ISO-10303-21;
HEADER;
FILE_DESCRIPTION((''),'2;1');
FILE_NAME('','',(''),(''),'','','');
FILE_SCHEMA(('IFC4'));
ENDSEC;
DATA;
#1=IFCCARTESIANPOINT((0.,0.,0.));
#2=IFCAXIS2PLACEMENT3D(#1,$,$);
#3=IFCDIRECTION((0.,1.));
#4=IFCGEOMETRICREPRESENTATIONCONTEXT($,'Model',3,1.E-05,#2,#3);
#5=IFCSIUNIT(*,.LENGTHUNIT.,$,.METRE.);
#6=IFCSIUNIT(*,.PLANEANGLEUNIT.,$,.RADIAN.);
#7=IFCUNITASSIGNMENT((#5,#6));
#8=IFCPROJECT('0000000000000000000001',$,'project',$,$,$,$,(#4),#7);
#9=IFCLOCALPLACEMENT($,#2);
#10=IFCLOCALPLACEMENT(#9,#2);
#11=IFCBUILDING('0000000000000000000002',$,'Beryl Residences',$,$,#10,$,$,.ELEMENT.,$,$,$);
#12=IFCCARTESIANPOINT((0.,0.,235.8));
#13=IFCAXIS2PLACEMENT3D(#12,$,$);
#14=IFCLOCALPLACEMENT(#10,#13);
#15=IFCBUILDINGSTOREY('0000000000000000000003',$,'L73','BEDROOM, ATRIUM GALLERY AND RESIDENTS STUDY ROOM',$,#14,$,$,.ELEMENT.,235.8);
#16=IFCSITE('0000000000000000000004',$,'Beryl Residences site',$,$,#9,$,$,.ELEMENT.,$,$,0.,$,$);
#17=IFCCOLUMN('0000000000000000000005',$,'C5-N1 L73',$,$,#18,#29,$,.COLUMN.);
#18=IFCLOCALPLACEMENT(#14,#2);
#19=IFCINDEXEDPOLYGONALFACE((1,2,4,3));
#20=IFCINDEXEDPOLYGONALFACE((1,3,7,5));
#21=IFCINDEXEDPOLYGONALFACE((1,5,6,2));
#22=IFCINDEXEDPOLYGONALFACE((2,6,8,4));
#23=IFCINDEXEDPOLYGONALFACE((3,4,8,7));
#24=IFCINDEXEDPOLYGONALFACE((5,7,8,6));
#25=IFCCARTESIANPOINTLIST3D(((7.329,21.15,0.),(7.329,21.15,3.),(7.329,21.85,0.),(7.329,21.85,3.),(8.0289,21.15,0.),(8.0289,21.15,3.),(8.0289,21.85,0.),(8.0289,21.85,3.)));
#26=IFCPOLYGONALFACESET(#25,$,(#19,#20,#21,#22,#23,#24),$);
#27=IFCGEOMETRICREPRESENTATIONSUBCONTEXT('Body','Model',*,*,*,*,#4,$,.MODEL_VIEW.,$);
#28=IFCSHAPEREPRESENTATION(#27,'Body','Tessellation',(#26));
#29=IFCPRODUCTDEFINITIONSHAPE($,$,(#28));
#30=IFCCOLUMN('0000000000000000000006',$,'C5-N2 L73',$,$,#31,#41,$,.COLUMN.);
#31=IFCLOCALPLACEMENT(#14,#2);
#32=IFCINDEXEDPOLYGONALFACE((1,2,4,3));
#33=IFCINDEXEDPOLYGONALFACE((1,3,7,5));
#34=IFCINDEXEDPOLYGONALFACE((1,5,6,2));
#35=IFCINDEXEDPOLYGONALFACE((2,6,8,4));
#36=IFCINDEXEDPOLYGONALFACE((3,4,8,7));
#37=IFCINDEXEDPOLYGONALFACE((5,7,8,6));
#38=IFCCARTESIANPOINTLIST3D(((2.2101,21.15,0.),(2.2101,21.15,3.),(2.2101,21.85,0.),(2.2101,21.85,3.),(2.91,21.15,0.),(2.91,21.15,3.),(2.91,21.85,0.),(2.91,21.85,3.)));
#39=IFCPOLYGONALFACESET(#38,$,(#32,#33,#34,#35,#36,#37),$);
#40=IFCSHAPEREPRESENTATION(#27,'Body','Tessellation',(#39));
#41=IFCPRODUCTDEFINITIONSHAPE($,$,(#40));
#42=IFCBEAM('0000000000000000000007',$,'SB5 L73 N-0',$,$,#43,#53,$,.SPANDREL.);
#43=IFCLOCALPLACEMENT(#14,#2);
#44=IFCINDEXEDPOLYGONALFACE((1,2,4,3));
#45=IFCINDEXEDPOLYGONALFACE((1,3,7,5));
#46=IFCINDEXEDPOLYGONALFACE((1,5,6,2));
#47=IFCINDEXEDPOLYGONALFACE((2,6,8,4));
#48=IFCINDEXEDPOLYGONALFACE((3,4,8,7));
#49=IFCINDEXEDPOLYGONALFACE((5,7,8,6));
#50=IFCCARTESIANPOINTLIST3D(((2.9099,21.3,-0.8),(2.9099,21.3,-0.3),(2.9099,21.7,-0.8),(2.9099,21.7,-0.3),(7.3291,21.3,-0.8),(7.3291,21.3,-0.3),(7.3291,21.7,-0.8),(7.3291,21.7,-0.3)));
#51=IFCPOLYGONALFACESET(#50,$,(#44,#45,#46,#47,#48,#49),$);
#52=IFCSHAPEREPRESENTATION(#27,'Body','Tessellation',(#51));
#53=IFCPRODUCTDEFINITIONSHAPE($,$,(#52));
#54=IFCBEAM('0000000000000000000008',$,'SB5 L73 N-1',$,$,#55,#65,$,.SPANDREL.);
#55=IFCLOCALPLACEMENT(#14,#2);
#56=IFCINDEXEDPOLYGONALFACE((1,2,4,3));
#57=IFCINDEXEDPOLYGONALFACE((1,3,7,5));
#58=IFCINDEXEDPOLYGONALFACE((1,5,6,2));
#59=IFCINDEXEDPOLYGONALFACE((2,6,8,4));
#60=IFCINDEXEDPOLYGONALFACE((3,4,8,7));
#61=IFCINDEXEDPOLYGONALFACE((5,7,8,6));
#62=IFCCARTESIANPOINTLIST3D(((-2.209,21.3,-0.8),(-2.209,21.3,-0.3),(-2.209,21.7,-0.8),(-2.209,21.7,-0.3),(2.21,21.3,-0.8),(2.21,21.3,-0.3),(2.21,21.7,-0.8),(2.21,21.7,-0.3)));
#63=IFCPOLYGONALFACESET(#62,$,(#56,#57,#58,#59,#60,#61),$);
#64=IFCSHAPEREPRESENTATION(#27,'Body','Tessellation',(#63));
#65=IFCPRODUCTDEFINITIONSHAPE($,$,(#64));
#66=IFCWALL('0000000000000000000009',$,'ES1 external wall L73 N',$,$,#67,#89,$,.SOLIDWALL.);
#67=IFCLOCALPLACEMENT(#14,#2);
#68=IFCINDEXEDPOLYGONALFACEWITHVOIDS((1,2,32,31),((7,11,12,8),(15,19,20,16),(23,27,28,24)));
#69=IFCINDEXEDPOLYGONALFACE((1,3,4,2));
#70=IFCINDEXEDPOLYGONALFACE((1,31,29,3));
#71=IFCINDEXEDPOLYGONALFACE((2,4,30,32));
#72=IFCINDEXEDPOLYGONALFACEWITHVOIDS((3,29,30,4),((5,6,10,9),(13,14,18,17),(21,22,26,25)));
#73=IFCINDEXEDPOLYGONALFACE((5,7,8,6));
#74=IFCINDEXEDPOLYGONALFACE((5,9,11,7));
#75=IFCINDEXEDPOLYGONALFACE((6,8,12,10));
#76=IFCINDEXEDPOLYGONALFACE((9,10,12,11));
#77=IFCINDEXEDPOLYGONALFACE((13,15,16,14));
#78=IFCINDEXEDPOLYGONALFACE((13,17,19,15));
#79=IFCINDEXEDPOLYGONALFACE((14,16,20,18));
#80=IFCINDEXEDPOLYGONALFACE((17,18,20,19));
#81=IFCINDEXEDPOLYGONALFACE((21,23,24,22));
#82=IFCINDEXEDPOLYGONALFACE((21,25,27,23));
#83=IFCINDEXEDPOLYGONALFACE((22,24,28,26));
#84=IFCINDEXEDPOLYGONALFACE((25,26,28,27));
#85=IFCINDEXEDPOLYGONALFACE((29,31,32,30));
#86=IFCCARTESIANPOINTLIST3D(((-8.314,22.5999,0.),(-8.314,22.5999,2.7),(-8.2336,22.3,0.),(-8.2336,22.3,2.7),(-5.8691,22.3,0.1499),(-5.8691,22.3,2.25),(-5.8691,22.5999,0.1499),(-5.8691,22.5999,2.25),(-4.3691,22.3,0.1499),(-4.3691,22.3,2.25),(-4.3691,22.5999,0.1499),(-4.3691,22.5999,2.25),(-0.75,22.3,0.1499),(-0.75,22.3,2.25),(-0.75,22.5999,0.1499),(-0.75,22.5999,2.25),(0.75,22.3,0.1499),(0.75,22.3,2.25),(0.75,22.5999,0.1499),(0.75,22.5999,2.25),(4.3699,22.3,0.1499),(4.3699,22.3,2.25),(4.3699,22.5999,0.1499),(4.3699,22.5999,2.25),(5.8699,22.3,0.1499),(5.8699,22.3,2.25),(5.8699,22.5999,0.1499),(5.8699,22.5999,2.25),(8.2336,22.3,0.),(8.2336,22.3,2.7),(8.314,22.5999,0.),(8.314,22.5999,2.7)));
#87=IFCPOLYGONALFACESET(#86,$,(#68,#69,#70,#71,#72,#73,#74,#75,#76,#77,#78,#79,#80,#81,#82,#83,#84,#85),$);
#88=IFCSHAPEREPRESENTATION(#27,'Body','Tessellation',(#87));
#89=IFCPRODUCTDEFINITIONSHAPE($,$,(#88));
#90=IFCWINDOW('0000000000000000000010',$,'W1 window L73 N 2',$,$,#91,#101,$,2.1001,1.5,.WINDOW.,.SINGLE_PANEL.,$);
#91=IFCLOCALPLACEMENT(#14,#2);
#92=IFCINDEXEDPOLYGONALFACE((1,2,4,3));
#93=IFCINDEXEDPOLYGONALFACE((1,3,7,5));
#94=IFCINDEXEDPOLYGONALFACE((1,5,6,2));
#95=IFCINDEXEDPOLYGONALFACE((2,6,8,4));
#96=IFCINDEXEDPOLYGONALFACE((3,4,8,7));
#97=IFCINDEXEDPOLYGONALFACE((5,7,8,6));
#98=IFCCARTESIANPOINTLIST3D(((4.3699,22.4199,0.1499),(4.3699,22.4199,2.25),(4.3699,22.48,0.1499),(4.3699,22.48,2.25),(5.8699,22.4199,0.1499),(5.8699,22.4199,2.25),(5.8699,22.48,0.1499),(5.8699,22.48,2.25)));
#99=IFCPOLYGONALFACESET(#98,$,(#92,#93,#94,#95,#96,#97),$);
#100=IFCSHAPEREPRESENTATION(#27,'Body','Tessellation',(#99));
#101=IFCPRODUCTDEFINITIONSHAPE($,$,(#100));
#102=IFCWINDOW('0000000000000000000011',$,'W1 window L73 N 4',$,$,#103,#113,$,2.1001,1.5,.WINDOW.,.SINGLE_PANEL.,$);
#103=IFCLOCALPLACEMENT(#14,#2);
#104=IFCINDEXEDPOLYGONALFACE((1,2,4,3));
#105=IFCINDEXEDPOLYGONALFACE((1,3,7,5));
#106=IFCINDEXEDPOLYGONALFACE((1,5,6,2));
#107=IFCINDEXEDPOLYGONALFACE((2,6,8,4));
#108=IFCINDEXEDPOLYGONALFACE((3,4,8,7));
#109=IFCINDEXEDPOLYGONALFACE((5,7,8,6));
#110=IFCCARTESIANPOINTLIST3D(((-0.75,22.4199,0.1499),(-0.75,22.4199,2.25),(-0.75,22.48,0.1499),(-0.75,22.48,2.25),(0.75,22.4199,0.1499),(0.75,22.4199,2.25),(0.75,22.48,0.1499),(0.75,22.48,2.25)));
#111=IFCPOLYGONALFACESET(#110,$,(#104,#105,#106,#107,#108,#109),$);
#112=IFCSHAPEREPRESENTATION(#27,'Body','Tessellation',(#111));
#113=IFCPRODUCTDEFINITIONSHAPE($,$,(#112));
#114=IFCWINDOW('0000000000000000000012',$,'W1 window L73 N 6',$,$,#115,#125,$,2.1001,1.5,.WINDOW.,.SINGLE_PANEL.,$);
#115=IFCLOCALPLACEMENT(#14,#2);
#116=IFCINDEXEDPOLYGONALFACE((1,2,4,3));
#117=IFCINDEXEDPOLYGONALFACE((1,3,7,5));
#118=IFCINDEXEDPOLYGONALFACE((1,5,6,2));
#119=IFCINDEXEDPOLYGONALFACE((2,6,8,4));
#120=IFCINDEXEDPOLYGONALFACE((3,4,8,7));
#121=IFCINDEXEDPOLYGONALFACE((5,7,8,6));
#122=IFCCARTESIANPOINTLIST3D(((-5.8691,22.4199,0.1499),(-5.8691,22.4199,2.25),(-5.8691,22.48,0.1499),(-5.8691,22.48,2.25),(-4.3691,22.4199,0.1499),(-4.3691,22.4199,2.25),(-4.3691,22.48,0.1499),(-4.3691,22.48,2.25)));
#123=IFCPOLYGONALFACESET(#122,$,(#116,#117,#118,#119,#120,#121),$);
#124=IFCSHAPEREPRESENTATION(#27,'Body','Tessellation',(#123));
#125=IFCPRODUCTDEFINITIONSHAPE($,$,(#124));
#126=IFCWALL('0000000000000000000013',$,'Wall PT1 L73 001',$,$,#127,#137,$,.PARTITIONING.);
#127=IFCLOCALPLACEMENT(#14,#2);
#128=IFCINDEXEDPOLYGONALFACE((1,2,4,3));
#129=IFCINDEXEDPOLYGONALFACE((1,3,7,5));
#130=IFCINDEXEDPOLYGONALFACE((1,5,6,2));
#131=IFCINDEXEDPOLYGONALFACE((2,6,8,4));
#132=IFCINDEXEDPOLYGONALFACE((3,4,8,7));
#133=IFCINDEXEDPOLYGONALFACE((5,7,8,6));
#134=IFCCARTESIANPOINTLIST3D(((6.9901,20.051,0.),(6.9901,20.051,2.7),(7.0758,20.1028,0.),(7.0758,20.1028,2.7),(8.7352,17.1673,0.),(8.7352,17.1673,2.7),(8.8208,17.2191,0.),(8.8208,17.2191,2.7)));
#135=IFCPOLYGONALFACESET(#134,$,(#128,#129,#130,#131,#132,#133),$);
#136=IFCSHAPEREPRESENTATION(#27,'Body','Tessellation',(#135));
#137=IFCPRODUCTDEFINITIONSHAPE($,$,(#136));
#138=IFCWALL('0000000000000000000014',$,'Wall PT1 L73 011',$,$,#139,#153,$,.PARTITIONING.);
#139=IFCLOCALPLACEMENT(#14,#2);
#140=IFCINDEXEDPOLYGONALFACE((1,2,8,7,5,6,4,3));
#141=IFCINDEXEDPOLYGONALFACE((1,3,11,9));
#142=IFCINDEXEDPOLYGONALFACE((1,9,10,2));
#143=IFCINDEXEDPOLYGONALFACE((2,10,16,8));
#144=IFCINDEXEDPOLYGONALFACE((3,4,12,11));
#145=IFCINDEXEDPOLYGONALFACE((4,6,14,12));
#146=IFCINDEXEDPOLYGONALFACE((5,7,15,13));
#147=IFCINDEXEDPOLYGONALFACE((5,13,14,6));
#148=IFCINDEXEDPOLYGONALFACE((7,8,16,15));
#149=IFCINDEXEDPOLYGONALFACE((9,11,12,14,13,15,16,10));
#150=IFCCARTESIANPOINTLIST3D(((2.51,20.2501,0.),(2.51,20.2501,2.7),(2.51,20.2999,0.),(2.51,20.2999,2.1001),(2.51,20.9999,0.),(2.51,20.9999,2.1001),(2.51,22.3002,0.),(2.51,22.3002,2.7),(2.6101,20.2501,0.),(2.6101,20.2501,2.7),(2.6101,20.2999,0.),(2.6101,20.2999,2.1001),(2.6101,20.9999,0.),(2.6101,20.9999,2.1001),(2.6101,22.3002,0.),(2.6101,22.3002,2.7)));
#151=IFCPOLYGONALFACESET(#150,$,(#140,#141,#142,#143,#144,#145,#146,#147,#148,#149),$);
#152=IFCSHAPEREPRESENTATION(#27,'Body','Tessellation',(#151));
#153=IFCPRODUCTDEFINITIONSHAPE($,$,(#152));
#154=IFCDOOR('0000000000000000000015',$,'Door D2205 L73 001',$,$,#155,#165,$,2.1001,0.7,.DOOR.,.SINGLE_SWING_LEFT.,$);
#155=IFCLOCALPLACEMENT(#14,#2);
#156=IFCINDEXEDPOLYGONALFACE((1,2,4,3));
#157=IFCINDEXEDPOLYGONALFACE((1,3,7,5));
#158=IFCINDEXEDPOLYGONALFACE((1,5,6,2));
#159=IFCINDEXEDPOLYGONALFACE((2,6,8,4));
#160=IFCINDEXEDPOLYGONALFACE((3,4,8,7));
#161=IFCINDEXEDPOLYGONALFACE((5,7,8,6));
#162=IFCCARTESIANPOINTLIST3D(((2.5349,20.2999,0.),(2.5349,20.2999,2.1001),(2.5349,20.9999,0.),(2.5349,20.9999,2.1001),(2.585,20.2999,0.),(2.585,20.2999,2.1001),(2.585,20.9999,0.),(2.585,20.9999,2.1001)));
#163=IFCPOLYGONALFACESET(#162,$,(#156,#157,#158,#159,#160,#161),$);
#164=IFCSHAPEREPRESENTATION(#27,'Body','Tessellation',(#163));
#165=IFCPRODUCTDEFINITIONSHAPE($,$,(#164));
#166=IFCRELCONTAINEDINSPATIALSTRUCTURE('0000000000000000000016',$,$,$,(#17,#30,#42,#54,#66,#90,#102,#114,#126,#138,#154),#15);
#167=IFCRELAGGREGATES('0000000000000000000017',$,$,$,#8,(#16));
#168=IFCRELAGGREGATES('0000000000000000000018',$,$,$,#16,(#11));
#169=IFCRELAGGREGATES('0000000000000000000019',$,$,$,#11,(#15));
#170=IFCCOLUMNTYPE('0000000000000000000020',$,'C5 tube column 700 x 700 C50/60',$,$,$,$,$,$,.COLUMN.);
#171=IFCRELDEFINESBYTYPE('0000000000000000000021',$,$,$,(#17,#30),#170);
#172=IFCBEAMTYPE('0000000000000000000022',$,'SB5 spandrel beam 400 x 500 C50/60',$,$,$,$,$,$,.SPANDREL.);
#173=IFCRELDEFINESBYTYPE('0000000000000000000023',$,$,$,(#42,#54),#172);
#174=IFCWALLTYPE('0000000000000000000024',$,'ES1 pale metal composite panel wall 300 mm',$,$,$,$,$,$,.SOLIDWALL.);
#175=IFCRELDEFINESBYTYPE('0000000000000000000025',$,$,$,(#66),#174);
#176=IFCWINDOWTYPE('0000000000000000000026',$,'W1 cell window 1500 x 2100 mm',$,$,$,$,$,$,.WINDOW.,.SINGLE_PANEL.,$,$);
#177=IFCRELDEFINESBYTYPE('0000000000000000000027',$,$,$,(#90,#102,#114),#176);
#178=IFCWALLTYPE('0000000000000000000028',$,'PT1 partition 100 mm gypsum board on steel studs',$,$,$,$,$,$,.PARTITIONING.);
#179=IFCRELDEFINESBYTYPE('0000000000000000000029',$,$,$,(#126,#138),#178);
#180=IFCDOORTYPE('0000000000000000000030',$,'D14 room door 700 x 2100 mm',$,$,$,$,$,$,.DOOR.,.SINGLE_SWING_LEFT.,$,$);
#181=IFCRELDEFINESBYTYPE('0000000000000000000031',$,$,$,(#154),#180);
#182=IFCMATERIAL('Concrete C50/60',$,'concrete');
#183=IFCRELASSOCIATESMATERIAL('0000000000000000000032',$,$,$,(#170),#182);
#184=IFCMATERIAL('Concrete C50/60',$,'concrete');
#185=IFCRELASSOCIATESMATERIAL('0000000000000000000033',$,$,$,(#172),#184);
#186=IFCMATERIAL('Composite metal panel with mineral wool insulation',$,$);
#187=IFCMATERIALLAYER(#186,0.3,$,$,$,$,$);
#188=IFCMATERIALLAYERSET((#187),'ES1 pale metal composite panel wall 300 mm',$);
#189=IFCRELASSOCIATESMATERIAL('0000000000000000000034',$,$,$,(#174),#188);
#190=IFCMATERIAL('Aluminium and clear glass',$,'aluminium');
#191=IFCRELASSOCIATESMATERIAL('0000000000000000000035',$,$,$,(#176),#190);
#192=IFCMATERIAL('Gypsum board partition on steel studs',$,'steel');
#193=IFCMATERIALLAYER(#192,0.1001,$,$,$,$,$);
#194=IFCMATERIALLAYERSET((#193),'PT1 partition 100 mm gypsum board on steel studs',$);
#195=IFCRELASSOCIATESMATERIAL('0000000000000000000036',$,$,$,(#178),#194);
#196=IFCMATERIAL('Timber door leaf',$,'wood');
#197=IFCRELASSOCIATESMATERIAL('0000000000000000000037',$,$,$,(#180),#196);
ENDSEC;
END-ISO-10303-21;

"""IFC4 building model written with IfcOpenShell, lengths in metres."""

from ifc_helpers import new_model, si_unit, direction, frame, frame_2d, origin, origin_2d, place, context, subcontext, project, spatial, polyline, rectangle, outline, extrude, material, layer, layer_set, material_profile, profile_set, type_object, element, fill, save


model = new_model("IFC4")

# Units and contexts
model_context = context("Model", 3, precision=1e-05, world=origin(), true_north=direction((0.0, 1.0)))
body_context = subcontext(model_context, "Body", "Model", "MODEL_VIEW")
ifc_project = project(units=[si_unit("LENGTHUNIT", "METRE"), si_unit("PLANEANGLEUNIT", "RADIAN")], contexts=[model_context])

# Site, building, storey
site_placement = place(None, origin())
site = spatial("IfcSite", under=ifc_project, at=site_placement, Name="Beryl Residences site", CompositionType="ELEMENT", RefElevation=0.0)
building_placement = place(site_placement, origin())
building = spatial("IfcBuilding", under=site, at=building_placement, Name="Beryl Residences", CompositionType="ELEMENT")
storey_placement = place(building_placement, frame((0.0, 0.0, 235.8)))
storey = spatial("IfcBuildingStorey", under=building, at=storey_placement, Name="L73", Description="BEDROOM, ATRIUM GALLERY AND RESIDENTS STUDY ROOM", CompositionType="ELEMENT", Elevation=235.8)

# Columns
ifc_material_1 = material(Name="Concrete C50/60", Category="concrete")
ifc_material_profile_1 = material_profile(ifc_material_1, rectangle(XDim=0.7, YDim=0.7, at=origin_2d()))
ifc_profile_set_1 = profile_set([ifc_material_profile_1], Name="Concrete C50/60")
column_type = type_object("IfcColumnType", Name="C5 tube column 700 x 700 C50/60", PredefinedType="COLUMN", material=ifc_profile_set_1)
for number, where, z_axis, x_axis, name in (
    (1, (7.679, 21.5, 0.0), (0.0, 0.0, 1.0), (-1.0, 0.0, 0.0), "C5-N1 L73"),
    (2, (2.5601, 21.5, 0.0), (0.0, 0.0, 1.0), (-1.0, 0.0, 0.0), "C5-N2 L73"),
):
    element("IfcColumn", number, at=place(storey_placement, frame(where, z_axis=z_axis, x_axis=x_axis)), inside=storey, type_object=column_type, Name=name, PredefinedType="COLUMN", context=body_context, shape_type="SweptSolid", body=[
        extrude(rectangle(XDim=0.7, YDim=0.7, at=origin_2d()), origin(), (0.0, 0.0, 1.0), 3.0),
    ])

# Beams
ifc_material_2 = material(Name="Concrete C50/60", Category="concrete")
ifc_material_profile_2 = material_profile(ifc_material_2, rectangle(XDim=0.3999, YDim=0.5, at=origin_2d()))
ifc_profile_set_2 = profile_set([ifc_material_profile_2], Name="Concrete C50/60")
beam_type = type_object("IfcBeamType", Name="SB5 spandrel beam 400 x 500 C50/60", PredefinedType="SPANDREL", material=ifc_profile_set_2)
beam_1_placement = place(storey_placement, frame((7.3291, 21.5, -0.55), z_axis=(-1.0, 0.0, 0.0), x_axis=(0.0, -1.0, 0.0)))
element("IfcBeam", 3, at=beam_1_placement, inside=storey, type_object=beam_type, Name="SB5 L73 N-0", PredefinedType="SPANDREL", context=body_context, shape_type="SweptSolid", body=[
    extrude(rectangle(XDim=0.3999, YDim=0.5, at=origin_2d()), origin(), (0.0, 0.0, 1.0), 4.4192),
])
beam_2_placement = place(storey_placement, frame((2.21, 21.5, -0.55), z_axis=(-1.0, 0.0, 0.0), x_axis=(0.0, -1.0, 0.0)))
element("IfcBeam", 4, at=beam_2_placement, inside=storey, type_object=beam_type, Name="SB5 L73 N-1", PredefinedType="SPANDREL", context=body_context, shape_type="SweptSolid", body=[
    extrude(rectangle(XDim=0.3999, YDim=0.5, at=origin_2d()), origin(), (0.0, 0.0, 1.0), 4.4189),
])

# Wall, openings, windows
ifc_material_3 = material(Name="Composite metal panel with mineral wool insulation")
ifc_layer_1 = layer(ifc_material_3, 0.3)
ifc_layer_set_1 = layer_set([ifc_layer_1], Name="ES1 pale metal composite panel wall 300 mm")
wall_type_1 = type_object("IfcWallType", Name="ES1 pale metal composite panel wall 300 mm", PredefinedType="SOLIDWALL", material=ifc_layer_set_1)
wall_1_placement = place(storey_placement, frame((8.314, 22.45, 0.0), z_axis=(0.0, 0.0, 1.0), x_axis=(-1.0, 0.0, 0.0)))
wall_1 = element("IfcWall", 5, at=wall_1_placement, inside=storey, type_object=wall_type_1, Name="ES1 external wall L73 N", PredefinedType="SOLIDWALL", context=body_context, shape_type="SweptSolid", body=[
    extrude(outline(polyline([(0.0, -0.1499), (16.6279, -0.1499), (16.5476, 0.1499), (0.0803, 0.1499), (0.0, -0.1499)])), origin(), (0.0, 0.0, 1.0), 2.7),
])
opening_1_placement = place(wall_1_placement, frame((2.4441, 0.0, 0.1499)))
opening_1 = element("IfcOpeningElement", 6, at=opening_1_placement, cuts=wall_1, PredefinedType="OPENING", context=body_context, shape_type="SweptSolid", body=[
    extrude(rectangle(XDim=1.5, YDim=2.1001, at=frame_2d((0.75, 1.05))), frame((0.0, 0.1599, 0.0), z_axis=(0.0, -1.0, 0.0), x_axis=(1.0, 0.0, 0.0)), (0.0, 0.0, 1.0), 0.3201),
])
opening_2_placement = place(wall_1_placement, frame((7.564, 0.0, 0.1499)))
opening_2 = element("IfcOpeningElement", 7, at=opening_2_placement, cuts=wall_1, PredefinedType="OPENING", context=body_context, shape_type="SweptSolid", body=[
    extrude(rectangle(XDim=1.5, YDim=2.1001, at=frame_2d((0.75, 1.05))), frame((0.0, 0.1599, 0.0), z_axis=(0.0, -1.0, 0.0), x_axis=(1.0, 0.0, 0.0)), (0.0, 0.0, 1.0), 0.3201),
])
opening_3_placement = place(wall_1_placement, frame((12.6831, 0.0, 0.1499)))
opening_3 = element("IfcOpeningElement", 8, at=opening_3_placement, cuts=wall_1, PredefinedType="OPENING", context=body_context, shape_type="SweptSolid", body=[
    extrude(rectangle(XDim=1.5, YDim=2.1001, at=frame_2d((0.75, 1.05))), frame((0.0, 0.1599, 0.0), z_axis=(0.0, -1.0, 0.0), x_axis=(1.0, 0.0, 0.0)), (0.0, 0.0, 1.0), 0.3201),
])
ifc_material_4 = material(Name="Aluminium and clear glass", Category="aluminium")
window_type = type_object("IfcWindowType", Name="W1 cell window 1500 x 2100 mm", PartitioningType="SINGLE_PANEL", PredefinedType="WINDOW", material=ifc_material_4)
window_1_placement = place(opening_1_placement, origin())
window_1 = element("IfcWindow", 9, at=window_1_placement, inside=storey, type_object=window_type, Name="W1 window L73 N 2", OverallHeight=2.1001, OverallWidth=1.5, PartitioningType="SINGLE_PANEL", PredefinedType="WINDOW", context=body_context, shape_type="SweptSolid", body=[
    extrude(rectangle(XDim=1.5, YDim=2.1001, at=frame_2d((0.75, 1.05))), frame((0.0, 0.03, 0.0), z_axis=(0.0, -1.0, 0.0), x_axis=(1.0, 0.0, 0.0)), (0.0, 0.0, 1.0), 0.0601),
])
fill(opening_1, window_1)
window_2_placement = place(opening_2_placement, origin())
window_2 = element("IfcWindow", 10, at=window_2_placement, inside=storey, type_object=window_type, Name="W1 window L73 N 4", OverallHeight=2.1001, OverallWidth=1.5, PartitioningType="SINGLE_PANEL", PredefinedType="WINDOW", context=body_context, shape_type="SweptSolid", body=[
    extrude(rectangle(XDim=1.5, YDim=2.1001, at=frame_2d((0.75, 1.05))), frame((0.0, 0.03, 0.0), z_axis=(0.0, -1.0, 0.0), x_axis=(1.0, 0.0, 0.0)), (0.0, 0.0, 1.0), 0.0601),
])
fill(opening_2, window_2)
window_3_placement = place(opening_3_placement, origin())
window_3 = element("IfcWindow", 11, at=window_3_placement, inside=storey, type_object=window_type, Name="W1 window L73 N 6", OverallHeight=2.1001, OverallWidth=1.5, PartitioningType="SINGLE_PANEL", PredefinedType="WINDOW", context=body_context, shape_type="SweptSolid", body=[
    extrude(rectangle(XDim=1.5, YDim=2.1001, at=frame_2d((0.75, 1.05))), frame((0.0, 0.03, 0.0), z_axis=(0.0, -1.0, 0.0), x_axis=(1.0, 0.0, 0.0)), (0.0, 0.0, 1.0), 0.0601),
])
fill(opening_3, window_3)

# Wall
ifc_material_5 = material(Name="Gypsum board partition on steel studs", Category="steel")
ifc_layer_2 = layer(ifc_material_5, 0.1001)
ifc_layer_set_2 = layer_set([ifc_layer_2], Name="PT1 partition 100 mm gypsum board on steel studs")
wall_type_2 = type_object("IfcWallType", Name="PT1 partition 100 mm gypsum board on steel studs", PredefinedType="PARTITIONING", material=ifc_layer_set_2)
wall_2_placement = place(storey_placement, frame((7.033, 20.0769, 0.0), z_axis=(0.0, 0.0, 1.0), x_axis=(0.51773, -0.855544, 0.0)))
element("IfcWall", 12, at=wall_2_placement, inside=storey, type_object=wall_type_2, Name="Wall PT1 L73 001", PredefinedType="PARTITIONING", context=body_context, shape_type="SweptSolid", body=[
    extrude(rectangle(XDim=3.3706, YDim=0.1001, at=frame_2d((1.6853, 0.0))), origin(), (0.0, 0.0, 1.0), 2.7),
])

# Wall, opening, door
wall_3_placement = place(storey_placement, frame((2.5601, 22.3, 0.0), z_axis=(0.0, 0.0, 1.0), x_axis=(0.0, -1.0, 0.0)))
wall_3 = element("IfcWall", 13, at=wall_3_placement, inside=storey, type_object=wall_type_2, Name="Wall PT1 L73 011", PredefinedType="PARTITIONING", context=body_context, shape_type="SweptSolid", body=[
    extrude(rectangle(XDim=2.05, YDim=0.1001, at=frame_2d((1.0249, 0.0))), origin(), (0.0, 0.0, 1.0), 2.7),
])
opening_4_placement = place(wall_3_placement, frame((1.3, 0.0, 0.0)))
opening_4 = element("IfcOpeningElement", 14, at=opening_4_placement, cuts=wall_3, PredefinedType="OPENING", context=body_context, shape_type="SweptSolid", body=[
    extrude(rectangle(XDim=0.7, YDim=2.1001, at=frame_2d((0.3501, 1.05))), frame((0.0, 0.0601, 0.0), z_axis=(0.0, -1.0, 0.0), x_axis=(1.0, 0.0, 0.0)), (0.0, 0.0, 1.0), 0.1201),
])
ifc_material_6 = material(Name="Timber door leaf", Category="wood")
door_type_1 = type_object("IfcDoorType", Name="D14 room door 700 x 2100 mm", OperationType="SINGLE_SWING_LEFT", PredefinedType="DOOR", material=ifc_material_6)
door_1_placement = place(opening_4_placement, origin())
door_1 = element("IfcDoor", 15, at=door_1_placement, inside=storey, type_object=door_type_1, Name="Door D2205 L73 001", OperationType="SINGLE_SWING_LEFT", OverallHeight=2.1001, OverallWidth=0.7, PredefinedType="DOOR", context=body_context, shape_type="SweptSolid", body=[
    extrude(rectangle(XDim=0.7, YDim=2.1001, at=frame_2d((0.3501, 1.05))), frame((0.0, 0.0249, 0.0), z_axis=(0.0, -1.0, 0.0), x_axis=(1.0, 0.0, 0.0)), (0.0, 0.0, 1.0), 0.05),
])
fill(opening_4, door_1)

save(model, "model.ifc")
